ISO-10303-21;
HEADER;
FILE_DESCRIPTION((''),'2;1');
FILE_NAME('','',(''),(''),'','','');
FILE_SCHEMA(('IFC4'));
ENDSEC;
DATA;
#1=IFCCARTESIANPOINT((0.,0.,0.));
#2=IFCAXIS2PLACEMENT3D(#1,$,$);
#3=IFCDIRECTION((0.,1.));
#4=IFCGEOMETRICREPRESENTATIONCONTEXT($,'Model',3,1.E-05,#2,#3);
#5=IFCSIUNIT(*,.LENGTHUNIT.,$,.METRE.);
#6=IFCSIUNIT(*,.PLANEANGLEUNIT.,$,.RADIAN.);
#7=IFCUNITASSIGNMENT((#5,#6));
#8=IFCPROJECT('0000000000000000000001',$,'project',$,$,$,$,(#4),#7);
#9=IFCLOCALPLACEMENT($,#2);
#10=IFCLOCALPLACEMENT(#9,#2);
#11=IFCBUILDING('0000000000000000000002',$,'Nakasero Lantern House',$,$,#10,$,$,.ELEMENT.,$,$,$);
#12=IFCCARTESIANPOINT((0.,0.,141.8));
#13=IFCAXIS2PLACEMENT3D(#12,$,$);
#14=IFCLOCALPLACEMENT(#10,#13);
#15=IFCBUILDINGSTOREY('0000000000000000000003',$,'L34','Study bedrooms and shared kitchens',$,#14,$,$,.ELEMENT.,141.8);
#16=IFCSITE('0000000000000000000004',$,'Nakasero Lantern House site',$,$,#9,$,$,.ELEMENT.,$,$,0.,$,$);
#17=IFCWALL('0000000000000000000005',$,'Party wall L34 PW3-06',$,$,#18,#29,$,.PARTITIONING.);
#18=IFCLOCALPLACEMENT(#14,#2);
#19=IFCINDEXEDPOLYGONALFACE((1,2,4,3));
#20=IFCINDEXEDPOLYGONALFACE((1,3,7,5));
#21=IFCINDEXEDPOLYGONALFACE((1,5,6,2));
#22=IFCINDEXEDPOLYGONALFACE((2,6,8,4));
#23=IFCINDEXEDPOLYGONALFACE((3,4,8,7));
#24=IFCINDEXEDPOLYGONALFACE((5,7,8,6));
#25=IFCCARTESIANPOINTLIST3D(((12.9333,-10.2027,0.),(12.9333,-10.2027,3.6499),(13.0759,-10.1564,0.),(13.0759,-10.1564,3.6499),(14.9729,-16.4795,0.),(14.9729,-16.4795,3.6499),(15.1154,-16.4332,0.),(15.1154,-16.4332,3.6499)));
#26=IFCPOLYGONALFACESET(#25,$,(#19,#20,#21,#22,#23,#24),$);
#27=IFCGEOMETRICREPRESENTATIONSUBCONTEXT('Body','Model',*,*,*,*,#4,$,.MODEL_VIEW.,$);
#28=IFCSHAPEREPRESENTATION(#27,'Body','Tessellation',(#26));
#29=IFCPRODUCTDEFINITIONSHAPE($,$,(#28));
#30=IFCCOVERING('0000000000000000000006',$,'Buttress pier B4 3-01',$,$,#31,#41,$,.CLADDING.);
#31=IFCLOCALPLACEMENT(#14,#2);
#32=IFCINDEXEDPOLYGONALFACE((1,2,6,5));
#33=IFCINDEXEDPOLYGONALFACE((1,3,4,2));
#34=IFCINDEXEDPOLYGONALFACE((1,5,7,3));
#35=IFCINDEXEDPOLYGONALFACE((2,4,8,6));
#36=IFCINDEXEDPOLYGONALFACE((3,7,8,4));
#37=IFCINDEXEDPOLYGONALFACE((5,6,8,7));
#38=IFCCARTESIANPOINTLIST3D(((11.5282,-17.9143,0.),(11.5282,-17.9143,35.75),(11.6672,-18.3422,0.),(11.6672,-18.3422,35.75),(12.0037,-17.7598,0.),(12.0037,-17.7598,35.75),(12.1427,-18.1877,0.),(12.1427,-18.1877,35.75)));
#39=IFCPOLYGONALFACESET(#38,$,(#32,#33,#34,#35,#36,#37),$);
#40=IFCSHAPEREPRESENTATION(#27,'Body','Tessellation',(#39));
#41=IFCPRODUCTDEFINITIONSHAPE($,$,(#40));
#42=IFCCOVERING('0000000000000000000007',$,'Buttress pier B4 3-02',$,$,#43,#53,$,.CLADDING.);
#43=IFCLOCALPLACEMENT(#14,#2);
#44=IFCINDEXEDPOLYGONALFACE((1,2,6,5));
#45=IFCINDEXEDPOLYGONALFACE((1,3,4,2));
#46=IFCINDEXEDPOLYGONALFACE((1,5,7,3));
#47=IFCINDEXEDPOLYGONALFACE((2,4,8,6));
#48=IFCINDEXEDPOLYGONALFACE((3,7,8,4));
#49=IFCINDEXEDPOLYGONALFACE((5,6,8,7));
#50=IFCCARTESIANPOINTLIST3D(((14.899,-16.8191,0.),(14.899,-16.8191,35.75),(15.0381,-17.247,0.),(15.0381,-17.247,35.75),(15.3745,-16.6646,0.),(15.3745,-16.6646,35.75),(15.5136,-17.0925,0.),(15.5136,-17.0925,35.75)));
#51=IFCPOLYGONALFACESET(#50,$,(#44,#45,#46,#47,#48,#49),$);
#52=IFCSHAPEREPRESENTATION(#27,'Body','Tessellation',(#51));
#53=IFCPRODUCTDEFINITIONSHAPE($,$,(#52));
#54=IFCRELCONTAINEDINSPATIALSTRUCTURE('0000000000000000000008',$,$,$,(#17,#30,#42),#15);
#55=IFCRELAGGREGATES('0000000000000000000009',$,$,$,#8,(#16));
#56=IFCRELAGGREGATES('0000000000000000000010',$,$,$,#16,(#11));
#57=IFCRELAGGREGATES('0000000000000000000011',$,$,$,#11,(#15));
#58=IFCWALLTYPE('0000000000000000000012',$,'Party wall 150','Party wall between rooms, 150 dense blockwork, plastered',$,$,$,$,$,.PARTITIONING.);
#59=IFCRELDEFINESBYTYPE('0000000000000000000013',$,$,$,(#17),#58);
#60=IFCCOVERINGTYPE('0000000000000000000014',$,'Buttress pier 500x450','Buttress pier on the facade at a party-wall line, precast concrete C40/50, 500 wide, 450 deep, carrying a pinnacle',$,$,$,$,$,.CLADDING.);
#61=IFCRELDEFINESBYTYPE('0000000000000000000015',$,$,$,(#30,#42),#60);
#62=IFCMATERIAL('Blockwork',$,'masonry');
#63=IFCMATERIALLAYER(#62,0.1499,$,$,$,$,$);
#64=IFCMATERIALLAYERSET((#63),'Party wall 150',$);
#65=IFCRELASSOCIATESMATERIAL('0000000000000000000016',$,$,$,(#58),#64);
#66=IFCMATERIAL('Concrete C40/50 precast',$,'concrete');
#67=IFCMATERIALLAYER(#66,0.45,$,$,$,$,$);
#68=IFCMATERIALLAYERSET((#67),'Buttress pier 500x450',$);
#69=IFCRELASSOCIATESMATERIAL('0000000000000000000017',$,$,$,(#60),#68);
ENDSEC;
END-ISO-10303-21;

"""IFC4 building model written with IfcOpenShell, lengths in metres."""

from ifc_helpers import new_model, si_unit, direction, frame, frame_2d, origin, origin_2d, place, context, subcontext, project, spatial, rectangle, extrude, material, layer, layer_set, type_object, element, save


model = new_model("IFC4")

# Units and contexts
model_context = context("Model", 3, precision=1e-05, world=origin(), true_north=direction((0.0, 1.0)))
body_context = subcontext(model_context, "Body", "Model", "MODEL_VIEW")
ifc_project = project(units=[si_unit("LENGTHUNIT", "METRE"), si_unit("PLANEANGLEUNIT", "RADIAN")], contexts=[model_context])

# Site, building, storey
site_placement = place(None, origin())
site = spatial("IfcSite", under=ifc_project, at=site_placement, Name="Nakasero Lantern House site", CompositionType="ELEMENT", RefElevation=0.0)
building_placement = place(site_placement, origin())
building = spatial("IfcBuilding", under=site, at=building_placement, Name="Nakasero Lantern House", CompositionType="ELEMENT")
storey_placement = place(building_placement, frame((0.0, 0.0, 141.8)))
storey = spatial("IfcBuildingStorey", under=building, at=storey_placement, Name="L34", Description="Study bedrooms and shared kitchens", CompositionType="ELEMENT", Elevation=141.8)

# Wall
ifc_material_1 = material(Name="Blockwork", Category="masonry")
ifc_layer_1 = layer(ifc_material_1, 0.1499)
ifc_layer_set_1 = layer_set([ifc_layer_1], Name="Party wall 150")
wall_type_1 = type_object("IfcWallType", Name="Party wall 150", Description="Party wall between rooms, 150 dense blockwork, plastered", PredefinedType="PARTITIONING", material=ifc_layer_set_1)
wall_1_placement = place(storey_placement, frame((13.0046, -10.1797, 0.0), z_axis=(0.0, 0.0, 1.0), x_axis=(0.309028, -0.951053, 0.0)))
element("IfcWall", 1, at=wall_1_placement, inside=storey, type_object=wall_type_1, Name="Party wall L34 PW3-06", PredefinedType="PARTITIONING", context=body_context, shape_type="SweptSolid", body=[
    extrude(rectangle(XDim=6.5999, YDim=0.1499, at=frame_2d((3.2998, 0.0))), origin(), (0.0, 0.0, 1.0), 3.6499),
])

# Coverings
ifc_material_2 = material(Name="Concrete C40/50 precast", Category="concrete")
ifc_layer_2 = layer(ifc_material_2, 0.45)
ifc_layer_set_2 = layer_set([ifc_layer_2], Name="Buttress pier 500x450")
covering_type = type_object("IfcCoveringType", Name="Buttress pier 500x450", Description="Buttress pier on the facade at a party-wall line, precast concrete C40/50, 500 wide, 450 deep, carrying a pinnacle", PredefinedType="CLADDING", material=ifc_layer_set_2)
for number, where, z_axis, x_axis, name in (
    (2, (11.8354, -18.051, 0.0), (0.0, 0.0, 1.0), (0.309017, -0.951057, 0.0), "Buttress pier B4 3-01"),
    (3, (15.2063, -16.9558, 0.0), (0.0, 0.0, 1.0), (0.309017, -0.951057, 0.0), "Buttress pier B4 3-02"),
):
    element("IfcCovering", number, at=place(storey_placement, frame(where, z_axis=z_axis, x_axis=x_axis)), inside=storey, type_object=covering_type, Name=name, PredefinedType="CLADDING", context=body_context, shape_type="SweptSolid", body=[
        extrude(rectangle(XDim=0.45, YDim=0.5, at=origin_2d()), origin(), (0.0, 0.0, 1.0), 35.75),
    ])

save(model, "model.ifc")
